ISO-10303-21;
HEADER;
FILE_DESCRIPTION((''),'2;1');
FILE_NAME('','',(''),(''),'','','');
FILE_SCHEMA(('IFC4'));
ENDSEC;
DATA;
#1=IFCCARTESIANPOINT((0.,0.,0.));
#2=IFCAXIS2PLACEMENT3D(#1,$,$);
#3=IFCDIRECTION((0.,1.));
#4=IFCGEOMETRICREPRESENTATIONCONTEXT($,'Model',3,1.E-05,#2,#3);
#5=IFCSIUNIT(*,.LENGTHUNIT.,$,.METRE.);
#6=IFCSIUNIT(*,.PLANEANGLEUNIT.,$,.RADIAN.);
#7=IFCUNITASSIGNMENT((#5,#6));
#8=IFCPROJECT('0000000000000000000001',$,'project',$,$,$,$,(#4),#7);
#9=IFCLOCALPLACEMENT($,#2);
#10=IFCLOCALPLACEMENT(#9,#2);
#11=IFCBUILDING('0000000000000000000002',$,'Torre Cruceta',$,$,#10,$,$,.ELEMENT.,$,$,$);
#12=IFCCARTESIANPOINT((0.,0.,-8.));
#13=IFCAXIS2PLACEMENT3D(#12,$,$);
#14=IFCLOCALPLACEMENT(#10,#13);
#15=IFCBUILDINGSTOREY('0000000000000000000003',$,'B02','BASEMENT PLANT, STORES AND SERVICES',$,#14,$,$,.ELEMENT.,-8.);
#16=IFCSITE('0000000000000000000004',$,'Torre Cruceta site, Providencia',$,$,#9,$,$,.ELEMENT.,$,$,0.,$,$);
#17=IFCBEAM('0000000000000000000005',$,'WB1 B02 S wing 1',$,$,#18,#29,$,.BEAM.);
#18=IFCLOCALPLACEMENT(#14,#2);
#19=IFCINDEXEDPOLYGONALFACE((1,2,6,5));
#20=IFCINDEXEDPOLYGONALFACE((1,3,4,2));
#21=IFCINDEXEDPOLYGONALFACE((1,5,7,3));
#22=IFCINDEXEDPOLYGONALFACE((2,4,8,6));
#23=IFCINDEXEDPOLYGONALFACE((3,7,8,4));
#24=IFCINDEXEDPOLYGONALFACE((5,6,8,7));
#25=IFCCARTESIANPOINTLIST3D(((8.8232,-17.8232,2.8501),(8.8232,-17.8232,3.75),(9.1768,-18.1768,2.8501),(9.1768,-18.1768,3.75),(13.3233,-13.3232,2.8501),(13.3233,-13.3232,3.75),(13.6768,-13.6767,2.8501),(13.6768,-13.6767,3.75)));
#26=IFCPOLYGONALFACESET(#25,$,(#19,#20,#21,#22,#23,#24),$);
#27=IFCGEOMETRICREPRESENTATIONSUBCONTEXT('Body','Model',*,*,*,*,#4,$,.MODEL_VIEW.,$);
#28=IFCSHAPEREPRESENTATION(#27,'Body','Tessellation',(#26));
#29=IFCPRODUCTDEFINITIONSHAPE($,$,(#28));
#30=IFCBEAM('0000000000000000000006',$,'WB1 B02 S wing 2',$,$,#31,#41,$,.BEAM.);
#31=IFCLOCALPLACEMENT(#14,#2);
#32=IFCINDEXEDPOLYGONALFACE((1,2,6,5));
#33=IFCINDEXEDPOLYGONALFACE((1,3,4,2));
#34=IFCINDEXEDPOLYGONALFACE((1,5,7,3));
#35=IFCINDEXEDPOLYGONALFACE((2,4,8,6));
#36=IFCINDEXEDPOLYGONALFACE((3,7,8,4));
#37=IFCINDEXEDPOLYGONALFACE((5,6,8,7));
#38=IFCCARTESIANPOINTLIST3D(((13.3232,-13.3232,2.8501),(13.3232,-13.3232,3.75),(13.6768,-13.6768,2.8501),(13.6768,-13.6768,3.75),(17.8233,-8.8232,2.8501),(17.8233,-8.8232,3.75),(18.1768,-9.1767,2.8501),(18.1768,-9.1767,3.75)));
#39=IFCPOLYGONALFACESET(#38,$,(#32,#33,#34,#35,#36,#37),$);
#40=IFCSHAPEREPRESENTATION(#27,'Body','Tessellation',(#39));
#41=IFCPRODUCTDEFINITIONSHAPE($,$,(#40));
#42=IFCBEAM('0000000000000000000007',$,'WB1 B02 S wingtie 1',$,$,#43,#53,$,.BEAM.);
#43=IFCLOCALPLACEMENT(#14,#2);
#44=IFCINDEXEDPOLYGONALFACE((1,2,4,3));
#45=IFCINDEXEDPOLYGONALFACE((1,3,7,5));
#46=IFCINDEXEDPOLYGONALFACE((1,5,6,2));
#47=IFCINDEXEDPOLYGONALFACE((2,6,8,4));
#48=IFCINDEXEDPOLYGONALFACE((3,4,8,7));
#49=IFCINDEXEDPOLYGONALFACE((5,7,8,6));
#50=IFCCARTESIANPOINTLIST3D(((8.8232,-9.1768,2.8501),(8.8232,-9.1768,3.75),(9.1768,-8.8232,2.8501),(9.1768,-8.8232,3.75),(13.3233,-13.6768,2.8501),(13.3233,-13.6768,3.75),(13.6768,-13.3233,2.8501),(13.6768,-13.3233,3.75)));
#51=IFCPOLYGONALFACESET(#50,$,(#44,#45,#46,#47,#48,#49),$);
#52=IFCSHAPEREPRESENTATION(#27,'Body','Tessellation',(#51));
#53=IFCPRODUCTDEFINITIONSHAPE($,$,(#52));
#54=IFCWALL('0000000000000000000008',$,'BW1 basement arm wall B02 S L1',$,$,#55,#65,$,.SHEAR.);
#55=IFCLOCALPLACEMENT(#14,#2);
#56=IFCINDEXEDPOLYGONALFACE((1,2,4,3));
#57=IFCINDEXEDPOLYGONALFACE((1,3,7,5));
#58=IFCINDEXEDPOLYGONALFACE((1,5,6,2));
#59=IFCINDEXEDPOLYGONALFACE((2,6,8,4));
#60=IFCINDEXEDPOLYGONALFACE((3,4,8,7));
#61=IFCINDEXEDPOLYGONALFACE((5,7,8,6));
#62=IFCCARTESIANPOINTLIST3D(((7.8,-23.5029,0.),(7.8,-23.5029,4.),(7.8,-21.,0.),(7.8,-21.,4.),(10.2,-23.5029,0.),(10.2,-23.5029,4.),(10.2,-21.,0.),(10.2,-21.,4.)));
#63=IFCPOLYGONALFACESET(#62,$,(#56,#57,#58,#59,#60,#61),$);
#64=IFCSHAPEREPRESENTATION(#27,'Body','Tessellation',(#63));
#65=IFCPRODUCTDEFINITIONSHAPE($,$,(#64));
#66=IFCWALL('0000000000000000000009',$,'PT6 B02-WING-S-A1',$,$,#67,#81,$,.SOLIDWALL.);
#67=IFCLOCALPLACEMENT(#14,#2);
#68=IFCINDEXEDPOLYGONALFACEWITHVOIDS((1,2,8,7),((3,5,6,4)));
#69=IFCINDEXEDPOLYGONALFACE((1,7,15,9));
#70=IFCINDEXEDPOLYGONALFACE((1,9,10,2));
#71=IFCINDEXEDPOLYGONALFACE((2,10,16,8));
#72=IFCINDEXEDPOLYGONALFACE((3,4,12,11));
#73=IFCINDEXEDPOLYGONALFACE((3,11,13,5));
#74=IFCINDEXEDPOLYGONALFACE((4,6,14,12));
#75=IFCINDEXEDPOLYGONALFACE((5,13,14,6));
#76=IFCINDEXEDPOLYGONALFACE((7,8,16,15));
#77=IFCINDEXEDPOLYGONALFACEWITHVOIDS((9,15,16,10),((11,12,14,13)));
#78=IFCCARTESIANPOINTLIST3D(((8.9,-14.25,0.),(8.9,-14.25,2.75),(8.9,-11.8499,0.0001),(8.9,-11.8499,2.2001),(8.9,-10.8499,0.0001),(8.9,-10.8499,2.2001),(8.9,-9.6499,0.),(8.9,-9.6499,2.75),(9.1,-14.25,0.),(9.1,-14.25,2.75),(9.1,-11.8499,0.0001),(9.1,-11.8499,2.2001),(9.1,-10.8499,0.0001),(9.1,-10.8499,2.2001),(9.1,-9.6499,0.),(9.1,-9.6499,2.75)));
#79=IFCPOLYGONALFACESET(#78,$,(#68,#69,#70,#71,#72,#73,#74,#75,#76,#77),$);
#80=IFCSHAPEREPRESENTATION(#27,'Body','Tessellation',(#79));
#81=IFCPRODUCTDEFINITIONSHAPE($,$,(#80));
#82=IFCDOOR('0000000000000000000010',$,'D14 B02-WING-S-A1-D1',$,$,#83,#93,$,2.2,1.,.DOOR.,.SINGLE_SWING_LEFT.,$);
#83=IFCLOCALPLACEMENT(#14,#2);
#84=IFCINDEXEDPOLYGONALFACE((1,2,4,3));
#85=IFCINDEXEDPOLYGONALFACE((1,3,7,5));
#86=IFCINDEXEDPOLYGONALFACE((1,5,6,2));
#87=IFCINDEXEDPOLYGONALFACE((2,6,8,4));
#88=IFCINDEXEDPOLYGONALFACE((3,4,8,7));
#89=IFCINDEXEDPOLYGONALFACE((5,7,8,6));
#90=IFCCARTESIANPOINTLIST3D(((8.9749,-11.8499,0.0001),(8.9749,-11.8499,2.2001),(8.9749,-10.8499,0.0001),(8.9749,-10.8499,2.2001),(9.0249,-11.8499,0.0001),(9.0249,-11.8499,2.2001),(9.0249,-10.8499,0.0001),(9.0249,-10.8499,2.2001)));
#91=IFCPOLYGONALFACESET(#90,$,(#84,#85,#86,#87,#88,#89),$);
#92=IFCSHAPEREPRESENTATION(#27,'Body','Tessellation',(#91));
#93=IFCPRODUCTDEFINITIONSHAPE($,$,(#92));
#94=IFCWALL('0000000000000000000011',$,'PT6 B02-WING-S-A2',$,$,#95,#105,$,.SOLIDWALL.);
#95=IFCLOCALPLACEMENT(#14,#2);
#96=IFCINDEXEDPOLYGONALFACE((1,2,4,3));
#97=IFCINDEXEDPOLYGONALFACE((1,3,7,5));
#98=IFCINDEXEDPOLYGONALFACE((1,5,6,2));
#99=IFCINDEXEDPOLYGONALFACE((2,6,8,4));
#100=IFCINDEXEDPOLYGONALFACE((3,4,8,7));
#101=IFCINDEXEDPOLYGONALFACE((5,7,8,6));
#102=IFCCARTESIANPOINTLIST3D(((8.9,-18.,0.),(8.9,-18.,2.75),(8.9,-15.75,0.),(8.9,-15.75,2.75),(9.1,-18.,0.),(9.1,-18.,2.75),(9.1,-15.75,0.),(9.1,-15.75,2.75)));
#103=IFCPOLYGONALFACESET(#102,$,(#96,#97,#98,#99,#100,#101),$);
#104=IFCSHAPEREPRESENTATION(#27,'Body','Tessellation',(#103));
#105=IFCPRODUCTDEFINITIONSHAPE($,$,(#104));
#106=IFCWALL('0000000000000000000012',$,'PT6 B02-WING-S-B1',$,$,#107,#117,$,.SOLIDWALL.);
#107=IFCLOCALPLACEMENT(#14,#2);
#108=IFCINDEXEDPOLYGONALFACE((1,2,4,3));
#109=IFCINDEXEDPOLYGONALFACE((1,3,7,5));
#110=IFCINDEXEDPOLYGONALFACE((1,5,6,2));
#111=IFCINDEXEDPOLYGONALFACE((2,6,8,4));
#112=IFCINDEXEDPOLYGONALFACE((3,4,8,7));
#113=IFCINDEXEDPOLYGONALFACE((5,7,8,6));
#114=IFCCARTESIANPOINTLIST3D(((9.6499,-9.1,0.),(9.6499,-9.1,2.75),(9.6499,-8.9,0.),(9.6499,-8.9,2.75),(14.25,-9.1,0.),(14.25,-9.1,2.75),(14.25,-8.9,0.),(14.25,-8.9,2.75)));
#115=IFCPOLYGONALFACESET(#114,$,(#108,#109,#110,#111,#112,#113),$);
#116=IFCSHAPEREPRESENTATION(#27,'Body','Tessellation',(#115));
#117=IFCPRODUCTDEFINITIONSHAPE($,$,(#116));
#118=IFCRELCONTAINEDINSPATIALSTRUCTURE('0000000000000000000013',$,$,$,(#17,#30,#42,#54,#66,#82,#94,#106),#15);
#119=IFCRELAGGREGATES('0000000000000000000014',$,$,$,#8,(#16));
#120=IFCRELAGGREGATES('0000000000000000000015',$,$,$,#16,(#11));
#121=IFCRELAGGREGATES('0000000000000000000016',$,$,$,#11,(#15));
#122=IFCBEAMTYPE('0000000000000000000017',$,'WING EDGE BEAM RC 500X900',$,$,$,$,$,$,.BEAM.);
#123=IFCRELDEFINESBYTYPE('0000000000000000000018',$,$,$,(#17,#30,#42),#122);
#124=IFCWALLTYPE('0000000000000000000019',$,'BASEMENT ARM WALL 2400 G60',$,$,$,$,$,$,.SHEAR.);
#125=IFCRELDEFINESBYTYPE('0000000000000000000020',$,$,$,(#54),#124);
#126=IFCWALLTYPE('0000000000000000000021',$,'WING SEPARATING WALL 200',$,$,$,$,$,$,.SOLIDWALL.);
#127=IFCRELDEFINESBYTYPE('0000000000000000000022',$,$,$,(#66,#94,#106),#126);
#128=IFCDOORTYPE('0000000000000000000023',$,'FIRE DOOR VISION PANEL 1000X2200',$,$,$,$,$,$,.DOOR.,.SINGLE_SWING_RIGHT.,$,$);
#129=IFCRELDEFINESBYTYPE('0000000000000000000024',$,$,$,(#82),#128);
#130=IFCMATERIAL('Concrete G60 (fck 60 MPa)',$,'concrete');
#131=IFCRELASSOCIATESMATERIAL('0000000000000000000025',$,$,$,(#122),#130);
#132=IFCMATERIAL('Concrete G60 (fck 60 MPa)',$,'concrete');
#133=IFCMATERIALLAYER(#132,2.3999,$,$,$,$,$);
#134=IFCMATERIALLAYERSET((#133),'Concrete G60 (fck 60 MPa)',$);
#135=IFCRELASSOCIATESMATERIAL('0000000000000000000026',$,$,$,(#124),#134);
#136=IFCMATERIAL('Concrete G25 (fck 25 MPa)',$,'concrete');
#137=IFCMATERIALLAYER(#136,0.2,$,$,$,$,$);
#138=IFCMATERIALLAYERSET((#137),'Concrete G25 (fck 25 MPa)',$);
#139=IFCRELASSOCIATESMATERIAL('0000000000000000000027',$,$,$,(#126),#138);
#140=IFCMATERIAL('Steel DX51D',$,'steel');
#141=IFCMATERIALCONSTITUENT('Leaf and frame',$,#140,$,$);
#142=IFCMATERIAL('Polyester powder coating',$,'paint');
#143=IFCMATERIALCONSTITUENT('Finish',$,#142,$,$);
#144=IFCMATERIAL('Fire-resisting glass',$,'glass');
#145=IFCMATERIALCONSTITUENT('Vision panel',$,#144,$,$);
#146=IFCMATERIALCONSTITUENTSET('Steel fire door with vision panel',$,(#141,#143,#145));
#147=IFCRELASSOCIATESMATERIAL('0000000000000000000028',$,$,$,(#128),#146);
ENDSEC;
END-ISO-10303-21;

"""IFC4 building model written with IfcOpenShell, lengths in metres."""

from ifc_helpers import new_model, si_unit, direction, frame, frame_2d, origin, origin_2d, place, context, subcontext, project, spatial, rectangle, extrude, material, layer, layer_set, constituent, constituent_set, material_profile, profile_set, type_object, element, fill, save


model = new_model("IFC4")

# Units and contexts
model_context = context("Model", 3, precision=1e-05, world=origin(), true_north=direction((0.0, 1.0)))
body_context = subcontext(model_context, "Body", "Model", "MODEL_VIEW")
ifc_project = project(units=[si_unit("LENGTHUNIT", "METRE"), si_unit("PLANEANGLEUNIT", "RADIAN")], contexts=[model_context])

# Site, building, storey
site_placement = place(None, origin())
site = spatial("IfcSite", under=ifc_project, at=site_placement, Name="Torre Cruceta site, Providencia", CompositionType="ELEMENT", RefElevation=0.0)
building_placement = place(site_placement, origin())
building = spatial("IfcBuilding", under=site, at=building_placement, Name="Torre Cruceta", CompositionType="ELEMENT")
storey_placement = place(building_placement, frame((0.0, 0.0, -8.0)))
storey = spatial("IfcBuildingStorey", under=building, at=storey_placement, Name="B02", Description="BASEMENT PLANT, STORES AND SERVICES", CompositionType="ELEMENT", Elevation=-8.0)

# Beams
ifc_material_1 = material(Name="Concrete G60 (fck 60 MPa)", Category="concrete")
ifc_material_profile_1 = material_profile(ifc_material_1, rectangle(XDim=0.5, YDim=0.8999, at=origin_2d()), Name="RC 500X900")
ifc_profile_set_1 = profile_set([ifc_material_profile_1], Name="Concrete G60 (fck 60 MPa)")
beam_type_1 = type_object("IfcBeamType", Name="WING EDGE BEAM RC 500X900", PredefinedType="BEAM", material=ifc_profile_set_1)
for number, where, z_axis, x_axis, name in (
    (1, (9.0, -18.0, 3.3), (0.707107, 0.707107, 0.0), (-0.707107, 0.707107, 0.0), "WB1 B02 S wing 1"),
    (2, (13.5, -13.5, 3.3), (0.707107, 0.707107, 0.0), (-0.707107, 0.707107, 0.0), "WB1 B02 S wing 2"),
    (3, (9.0, -9.0, 3.3), (0.707107, -0.707107, 0.0), (0.707107, 0.707107, 0.0), "WB1 B02 S wingtie 1"),
):
    element("IfcBeam", number, at=place(storey_placement, frame(where, z_axis=z_axis, x_axis=x_axis)), inside=storey, type_object=beam_type_1, Name=name, PredefinedType="BEAM", context=body_context, shape_type="SweptSolid", body=[
        extrude(rectangle(XDim=0.5, YDim=0.8999, at=origin_2d()), origin(), (0.0, 0.0, 1.0), 6.364),
    ])

# Wall
ifc_material_2 = material(Name="Concrete G60 (fck 60 MPa)", Category="concrete")
ifc_layer_1 = layer(ifc_material_2, 2.3999)
ifc_layer_set_1 = layer_set([ifc_layer_1], Name="Concrete G60 (fck 60 MPa)")
wall_type_1 = type_object("IfcWallType", Name="BASEMENT ARM WALL 2400 G60", PredefinedType="SHEAR", material=ifc_layer_set_1)
wall_1_placement = place(storey_placement, frame((9.0, -21.0, 0.0), z_axis=(0.0, 0.0, 1.0), x_axis=(0.0, -1.0, 0.0)))
element("IfcWall", 4, at=wall_1_placement, inside=storey, type_object=wall_type_1, Name="BW1 basement arm wall B02 S L1", PredefinedType="SHEAR", context=body_context, shape_type="SweptSolid", body=[
    extrude(rectangle(XDim=2.5029, YDim=2.3999, at=frame_2d((1.2515, 0.0))), origin(), (0.0, 0.0, 1.0), 4.0),
])

# Wall, opening, door
ifc_material_3 = material(Name="Concrete G25 (fck 25 MPa)", Category="concrete")
ifc_layer_2 = layer(ifc_material_3, 0.2)
ifc_layer_set_2 = layer_set([ifc_layer_2], Name="Concrete G25 (fck 25 MPa)")
wall_type_2 = type_object("IfcWallType", Name="WING SEPARATING WALL 200", PredefinedType="SOLIDWALL", material=ifc_layer_set_2)
wall_2_placement = place(storey_placement, frame((9.0, -9.6499, 0.0), z_axis=(0.0, 0.0, 1.0), x_axis=(0.0, -1.0, 0.0)))
wall_2 = element("IfcWall", 5, at=wall_2_placement, inside=storey, type_object=wall_type_2, Name="PT6 B02-WING-S-A1", PredefinedType="SOLIDWALL", context=body_context, shape_type="SweptSolid", body=[
    extrude(rectangle(XDim=4.6001, YDim=0.2, at=frame_2d((2.3, 0.0))), origin(), (0.0, 0.0, 1.0), 2.75),
])
opening_1_placement = place(wall_2_placement, frame((1.2, 0.0, 0.0)))
opening_1 = element("IfcOpeningElement", 6, at=opening_1_placement, cuts=wall_2, PredefinedType="OPENING", context=body_context, shape_type="SweptSolid", body=[
    extrude(rectangle(XDim=1.0, YDim=2.2, at=frame_2d((0.5, 1.1001))), frame((0.0, 0.1099, 0.0), z_axis=(0.0, -1.0, 0.0), x_axis=(1.0, 0.0, 0.0)), (0.0, 0.0, 1.0), 0.22),
])
ifc_material_4 = material(Name="Steel DX51D", Category="steel")
ifc_constituent_1 = constituent(ifc_material_4, Name="Leaf and frame")
ifc_material_5 = material(Name="Polyester powder coating", Category="paint")
ifc_constituent_2 = constituent(ifc_material_5, Name="Finish")
ifc_material_6 = material(Name="Fire-resisting glass", Category="glass")
ifc_constituent_3 = constituent(ifc_material_6, Name="Vision panel")
ifc_constituent_set_1 = constituent_set(constituents=[ifc_constituent_1, ifc_constituent_2, ifc_constituent_3], Name="Steel fire door with vision panel")
door_type_1 = type_object("IfcDoorType", Name="FIRE DOOR VISION PANEL 1000X2200", OperationType="SINGLE_SWING_RIGHT", PredefinedType="DOOR", material=ifc_constituent_set_1)
door_1_placement = place(opening_1_placement, origin())
door_1 = element("IfcDoor", 7, at=door_1_placement, inside=storey, type_object=door_type_1, Name="D14 B02-WING-S-A1-D1", OperationType="SINGLE_SWING_LEFT", OverallHeight=2.2, OverallWidth=1.0, PredefinedType="DOOR", context=body_context, shape_type="SweptSolid", body=[
    extrude(rectangle(XDim=1.0, YDim=2.2, at=frame_2d((0.5, 1.1001))), frame((0.0, 0.0249, 0.0), z_axis=(0.0, -1.0, 0.0), x_axis=(1.0, 0.0, 0.0)), (0.0, 0.0, 1.0), 0.05),
])
fill(opening_1, door_1)

# Walls
wall_3_placement = place(storey_placement, frame((9.0, -15.75, 0.0), z_axis=(0.0, 0.0, 1.0), x_axis=(0.0, -1.0, 0.0)))
element("IfcWall", 8, at=wall_3_placement, inside=storey, type_object=wall_type_2, Name="PT6 B02-WING-S-A2", PredefinedType="SOLIDWALL", context=body_context, shape_type="SweptSolid", body=[
    extrude(rectangle(XDim=2.25, YDim=0.2, at=frame_2d((1.125, 0.0))), origin(), (0.0, 0.0, 1.0), 2.75),
])
wall_4_placement = place(storey_placement, frame((14.25, -9.0, 0.0), z_axis=(0.0, 0.0, 1.0), x_axis=(-1.0, 0.0, 0.0)))
element("IfcWall", 9, at=wall_4_placement, inside=storey, type_object=wall_type_2, Name="PT6 B02-WING-S-B1", PredefinedType="SOLIDWALL", context=body_context, shape_type="SweptSolid", body=[
    extrude(rectangle(XDim=4.6001, YDim=0.2, at=frame_2d((2.3, 0.0))), origin(), (0.0, 0.0, 1.0), 2.75),
])

save(model, "model.ifc")
